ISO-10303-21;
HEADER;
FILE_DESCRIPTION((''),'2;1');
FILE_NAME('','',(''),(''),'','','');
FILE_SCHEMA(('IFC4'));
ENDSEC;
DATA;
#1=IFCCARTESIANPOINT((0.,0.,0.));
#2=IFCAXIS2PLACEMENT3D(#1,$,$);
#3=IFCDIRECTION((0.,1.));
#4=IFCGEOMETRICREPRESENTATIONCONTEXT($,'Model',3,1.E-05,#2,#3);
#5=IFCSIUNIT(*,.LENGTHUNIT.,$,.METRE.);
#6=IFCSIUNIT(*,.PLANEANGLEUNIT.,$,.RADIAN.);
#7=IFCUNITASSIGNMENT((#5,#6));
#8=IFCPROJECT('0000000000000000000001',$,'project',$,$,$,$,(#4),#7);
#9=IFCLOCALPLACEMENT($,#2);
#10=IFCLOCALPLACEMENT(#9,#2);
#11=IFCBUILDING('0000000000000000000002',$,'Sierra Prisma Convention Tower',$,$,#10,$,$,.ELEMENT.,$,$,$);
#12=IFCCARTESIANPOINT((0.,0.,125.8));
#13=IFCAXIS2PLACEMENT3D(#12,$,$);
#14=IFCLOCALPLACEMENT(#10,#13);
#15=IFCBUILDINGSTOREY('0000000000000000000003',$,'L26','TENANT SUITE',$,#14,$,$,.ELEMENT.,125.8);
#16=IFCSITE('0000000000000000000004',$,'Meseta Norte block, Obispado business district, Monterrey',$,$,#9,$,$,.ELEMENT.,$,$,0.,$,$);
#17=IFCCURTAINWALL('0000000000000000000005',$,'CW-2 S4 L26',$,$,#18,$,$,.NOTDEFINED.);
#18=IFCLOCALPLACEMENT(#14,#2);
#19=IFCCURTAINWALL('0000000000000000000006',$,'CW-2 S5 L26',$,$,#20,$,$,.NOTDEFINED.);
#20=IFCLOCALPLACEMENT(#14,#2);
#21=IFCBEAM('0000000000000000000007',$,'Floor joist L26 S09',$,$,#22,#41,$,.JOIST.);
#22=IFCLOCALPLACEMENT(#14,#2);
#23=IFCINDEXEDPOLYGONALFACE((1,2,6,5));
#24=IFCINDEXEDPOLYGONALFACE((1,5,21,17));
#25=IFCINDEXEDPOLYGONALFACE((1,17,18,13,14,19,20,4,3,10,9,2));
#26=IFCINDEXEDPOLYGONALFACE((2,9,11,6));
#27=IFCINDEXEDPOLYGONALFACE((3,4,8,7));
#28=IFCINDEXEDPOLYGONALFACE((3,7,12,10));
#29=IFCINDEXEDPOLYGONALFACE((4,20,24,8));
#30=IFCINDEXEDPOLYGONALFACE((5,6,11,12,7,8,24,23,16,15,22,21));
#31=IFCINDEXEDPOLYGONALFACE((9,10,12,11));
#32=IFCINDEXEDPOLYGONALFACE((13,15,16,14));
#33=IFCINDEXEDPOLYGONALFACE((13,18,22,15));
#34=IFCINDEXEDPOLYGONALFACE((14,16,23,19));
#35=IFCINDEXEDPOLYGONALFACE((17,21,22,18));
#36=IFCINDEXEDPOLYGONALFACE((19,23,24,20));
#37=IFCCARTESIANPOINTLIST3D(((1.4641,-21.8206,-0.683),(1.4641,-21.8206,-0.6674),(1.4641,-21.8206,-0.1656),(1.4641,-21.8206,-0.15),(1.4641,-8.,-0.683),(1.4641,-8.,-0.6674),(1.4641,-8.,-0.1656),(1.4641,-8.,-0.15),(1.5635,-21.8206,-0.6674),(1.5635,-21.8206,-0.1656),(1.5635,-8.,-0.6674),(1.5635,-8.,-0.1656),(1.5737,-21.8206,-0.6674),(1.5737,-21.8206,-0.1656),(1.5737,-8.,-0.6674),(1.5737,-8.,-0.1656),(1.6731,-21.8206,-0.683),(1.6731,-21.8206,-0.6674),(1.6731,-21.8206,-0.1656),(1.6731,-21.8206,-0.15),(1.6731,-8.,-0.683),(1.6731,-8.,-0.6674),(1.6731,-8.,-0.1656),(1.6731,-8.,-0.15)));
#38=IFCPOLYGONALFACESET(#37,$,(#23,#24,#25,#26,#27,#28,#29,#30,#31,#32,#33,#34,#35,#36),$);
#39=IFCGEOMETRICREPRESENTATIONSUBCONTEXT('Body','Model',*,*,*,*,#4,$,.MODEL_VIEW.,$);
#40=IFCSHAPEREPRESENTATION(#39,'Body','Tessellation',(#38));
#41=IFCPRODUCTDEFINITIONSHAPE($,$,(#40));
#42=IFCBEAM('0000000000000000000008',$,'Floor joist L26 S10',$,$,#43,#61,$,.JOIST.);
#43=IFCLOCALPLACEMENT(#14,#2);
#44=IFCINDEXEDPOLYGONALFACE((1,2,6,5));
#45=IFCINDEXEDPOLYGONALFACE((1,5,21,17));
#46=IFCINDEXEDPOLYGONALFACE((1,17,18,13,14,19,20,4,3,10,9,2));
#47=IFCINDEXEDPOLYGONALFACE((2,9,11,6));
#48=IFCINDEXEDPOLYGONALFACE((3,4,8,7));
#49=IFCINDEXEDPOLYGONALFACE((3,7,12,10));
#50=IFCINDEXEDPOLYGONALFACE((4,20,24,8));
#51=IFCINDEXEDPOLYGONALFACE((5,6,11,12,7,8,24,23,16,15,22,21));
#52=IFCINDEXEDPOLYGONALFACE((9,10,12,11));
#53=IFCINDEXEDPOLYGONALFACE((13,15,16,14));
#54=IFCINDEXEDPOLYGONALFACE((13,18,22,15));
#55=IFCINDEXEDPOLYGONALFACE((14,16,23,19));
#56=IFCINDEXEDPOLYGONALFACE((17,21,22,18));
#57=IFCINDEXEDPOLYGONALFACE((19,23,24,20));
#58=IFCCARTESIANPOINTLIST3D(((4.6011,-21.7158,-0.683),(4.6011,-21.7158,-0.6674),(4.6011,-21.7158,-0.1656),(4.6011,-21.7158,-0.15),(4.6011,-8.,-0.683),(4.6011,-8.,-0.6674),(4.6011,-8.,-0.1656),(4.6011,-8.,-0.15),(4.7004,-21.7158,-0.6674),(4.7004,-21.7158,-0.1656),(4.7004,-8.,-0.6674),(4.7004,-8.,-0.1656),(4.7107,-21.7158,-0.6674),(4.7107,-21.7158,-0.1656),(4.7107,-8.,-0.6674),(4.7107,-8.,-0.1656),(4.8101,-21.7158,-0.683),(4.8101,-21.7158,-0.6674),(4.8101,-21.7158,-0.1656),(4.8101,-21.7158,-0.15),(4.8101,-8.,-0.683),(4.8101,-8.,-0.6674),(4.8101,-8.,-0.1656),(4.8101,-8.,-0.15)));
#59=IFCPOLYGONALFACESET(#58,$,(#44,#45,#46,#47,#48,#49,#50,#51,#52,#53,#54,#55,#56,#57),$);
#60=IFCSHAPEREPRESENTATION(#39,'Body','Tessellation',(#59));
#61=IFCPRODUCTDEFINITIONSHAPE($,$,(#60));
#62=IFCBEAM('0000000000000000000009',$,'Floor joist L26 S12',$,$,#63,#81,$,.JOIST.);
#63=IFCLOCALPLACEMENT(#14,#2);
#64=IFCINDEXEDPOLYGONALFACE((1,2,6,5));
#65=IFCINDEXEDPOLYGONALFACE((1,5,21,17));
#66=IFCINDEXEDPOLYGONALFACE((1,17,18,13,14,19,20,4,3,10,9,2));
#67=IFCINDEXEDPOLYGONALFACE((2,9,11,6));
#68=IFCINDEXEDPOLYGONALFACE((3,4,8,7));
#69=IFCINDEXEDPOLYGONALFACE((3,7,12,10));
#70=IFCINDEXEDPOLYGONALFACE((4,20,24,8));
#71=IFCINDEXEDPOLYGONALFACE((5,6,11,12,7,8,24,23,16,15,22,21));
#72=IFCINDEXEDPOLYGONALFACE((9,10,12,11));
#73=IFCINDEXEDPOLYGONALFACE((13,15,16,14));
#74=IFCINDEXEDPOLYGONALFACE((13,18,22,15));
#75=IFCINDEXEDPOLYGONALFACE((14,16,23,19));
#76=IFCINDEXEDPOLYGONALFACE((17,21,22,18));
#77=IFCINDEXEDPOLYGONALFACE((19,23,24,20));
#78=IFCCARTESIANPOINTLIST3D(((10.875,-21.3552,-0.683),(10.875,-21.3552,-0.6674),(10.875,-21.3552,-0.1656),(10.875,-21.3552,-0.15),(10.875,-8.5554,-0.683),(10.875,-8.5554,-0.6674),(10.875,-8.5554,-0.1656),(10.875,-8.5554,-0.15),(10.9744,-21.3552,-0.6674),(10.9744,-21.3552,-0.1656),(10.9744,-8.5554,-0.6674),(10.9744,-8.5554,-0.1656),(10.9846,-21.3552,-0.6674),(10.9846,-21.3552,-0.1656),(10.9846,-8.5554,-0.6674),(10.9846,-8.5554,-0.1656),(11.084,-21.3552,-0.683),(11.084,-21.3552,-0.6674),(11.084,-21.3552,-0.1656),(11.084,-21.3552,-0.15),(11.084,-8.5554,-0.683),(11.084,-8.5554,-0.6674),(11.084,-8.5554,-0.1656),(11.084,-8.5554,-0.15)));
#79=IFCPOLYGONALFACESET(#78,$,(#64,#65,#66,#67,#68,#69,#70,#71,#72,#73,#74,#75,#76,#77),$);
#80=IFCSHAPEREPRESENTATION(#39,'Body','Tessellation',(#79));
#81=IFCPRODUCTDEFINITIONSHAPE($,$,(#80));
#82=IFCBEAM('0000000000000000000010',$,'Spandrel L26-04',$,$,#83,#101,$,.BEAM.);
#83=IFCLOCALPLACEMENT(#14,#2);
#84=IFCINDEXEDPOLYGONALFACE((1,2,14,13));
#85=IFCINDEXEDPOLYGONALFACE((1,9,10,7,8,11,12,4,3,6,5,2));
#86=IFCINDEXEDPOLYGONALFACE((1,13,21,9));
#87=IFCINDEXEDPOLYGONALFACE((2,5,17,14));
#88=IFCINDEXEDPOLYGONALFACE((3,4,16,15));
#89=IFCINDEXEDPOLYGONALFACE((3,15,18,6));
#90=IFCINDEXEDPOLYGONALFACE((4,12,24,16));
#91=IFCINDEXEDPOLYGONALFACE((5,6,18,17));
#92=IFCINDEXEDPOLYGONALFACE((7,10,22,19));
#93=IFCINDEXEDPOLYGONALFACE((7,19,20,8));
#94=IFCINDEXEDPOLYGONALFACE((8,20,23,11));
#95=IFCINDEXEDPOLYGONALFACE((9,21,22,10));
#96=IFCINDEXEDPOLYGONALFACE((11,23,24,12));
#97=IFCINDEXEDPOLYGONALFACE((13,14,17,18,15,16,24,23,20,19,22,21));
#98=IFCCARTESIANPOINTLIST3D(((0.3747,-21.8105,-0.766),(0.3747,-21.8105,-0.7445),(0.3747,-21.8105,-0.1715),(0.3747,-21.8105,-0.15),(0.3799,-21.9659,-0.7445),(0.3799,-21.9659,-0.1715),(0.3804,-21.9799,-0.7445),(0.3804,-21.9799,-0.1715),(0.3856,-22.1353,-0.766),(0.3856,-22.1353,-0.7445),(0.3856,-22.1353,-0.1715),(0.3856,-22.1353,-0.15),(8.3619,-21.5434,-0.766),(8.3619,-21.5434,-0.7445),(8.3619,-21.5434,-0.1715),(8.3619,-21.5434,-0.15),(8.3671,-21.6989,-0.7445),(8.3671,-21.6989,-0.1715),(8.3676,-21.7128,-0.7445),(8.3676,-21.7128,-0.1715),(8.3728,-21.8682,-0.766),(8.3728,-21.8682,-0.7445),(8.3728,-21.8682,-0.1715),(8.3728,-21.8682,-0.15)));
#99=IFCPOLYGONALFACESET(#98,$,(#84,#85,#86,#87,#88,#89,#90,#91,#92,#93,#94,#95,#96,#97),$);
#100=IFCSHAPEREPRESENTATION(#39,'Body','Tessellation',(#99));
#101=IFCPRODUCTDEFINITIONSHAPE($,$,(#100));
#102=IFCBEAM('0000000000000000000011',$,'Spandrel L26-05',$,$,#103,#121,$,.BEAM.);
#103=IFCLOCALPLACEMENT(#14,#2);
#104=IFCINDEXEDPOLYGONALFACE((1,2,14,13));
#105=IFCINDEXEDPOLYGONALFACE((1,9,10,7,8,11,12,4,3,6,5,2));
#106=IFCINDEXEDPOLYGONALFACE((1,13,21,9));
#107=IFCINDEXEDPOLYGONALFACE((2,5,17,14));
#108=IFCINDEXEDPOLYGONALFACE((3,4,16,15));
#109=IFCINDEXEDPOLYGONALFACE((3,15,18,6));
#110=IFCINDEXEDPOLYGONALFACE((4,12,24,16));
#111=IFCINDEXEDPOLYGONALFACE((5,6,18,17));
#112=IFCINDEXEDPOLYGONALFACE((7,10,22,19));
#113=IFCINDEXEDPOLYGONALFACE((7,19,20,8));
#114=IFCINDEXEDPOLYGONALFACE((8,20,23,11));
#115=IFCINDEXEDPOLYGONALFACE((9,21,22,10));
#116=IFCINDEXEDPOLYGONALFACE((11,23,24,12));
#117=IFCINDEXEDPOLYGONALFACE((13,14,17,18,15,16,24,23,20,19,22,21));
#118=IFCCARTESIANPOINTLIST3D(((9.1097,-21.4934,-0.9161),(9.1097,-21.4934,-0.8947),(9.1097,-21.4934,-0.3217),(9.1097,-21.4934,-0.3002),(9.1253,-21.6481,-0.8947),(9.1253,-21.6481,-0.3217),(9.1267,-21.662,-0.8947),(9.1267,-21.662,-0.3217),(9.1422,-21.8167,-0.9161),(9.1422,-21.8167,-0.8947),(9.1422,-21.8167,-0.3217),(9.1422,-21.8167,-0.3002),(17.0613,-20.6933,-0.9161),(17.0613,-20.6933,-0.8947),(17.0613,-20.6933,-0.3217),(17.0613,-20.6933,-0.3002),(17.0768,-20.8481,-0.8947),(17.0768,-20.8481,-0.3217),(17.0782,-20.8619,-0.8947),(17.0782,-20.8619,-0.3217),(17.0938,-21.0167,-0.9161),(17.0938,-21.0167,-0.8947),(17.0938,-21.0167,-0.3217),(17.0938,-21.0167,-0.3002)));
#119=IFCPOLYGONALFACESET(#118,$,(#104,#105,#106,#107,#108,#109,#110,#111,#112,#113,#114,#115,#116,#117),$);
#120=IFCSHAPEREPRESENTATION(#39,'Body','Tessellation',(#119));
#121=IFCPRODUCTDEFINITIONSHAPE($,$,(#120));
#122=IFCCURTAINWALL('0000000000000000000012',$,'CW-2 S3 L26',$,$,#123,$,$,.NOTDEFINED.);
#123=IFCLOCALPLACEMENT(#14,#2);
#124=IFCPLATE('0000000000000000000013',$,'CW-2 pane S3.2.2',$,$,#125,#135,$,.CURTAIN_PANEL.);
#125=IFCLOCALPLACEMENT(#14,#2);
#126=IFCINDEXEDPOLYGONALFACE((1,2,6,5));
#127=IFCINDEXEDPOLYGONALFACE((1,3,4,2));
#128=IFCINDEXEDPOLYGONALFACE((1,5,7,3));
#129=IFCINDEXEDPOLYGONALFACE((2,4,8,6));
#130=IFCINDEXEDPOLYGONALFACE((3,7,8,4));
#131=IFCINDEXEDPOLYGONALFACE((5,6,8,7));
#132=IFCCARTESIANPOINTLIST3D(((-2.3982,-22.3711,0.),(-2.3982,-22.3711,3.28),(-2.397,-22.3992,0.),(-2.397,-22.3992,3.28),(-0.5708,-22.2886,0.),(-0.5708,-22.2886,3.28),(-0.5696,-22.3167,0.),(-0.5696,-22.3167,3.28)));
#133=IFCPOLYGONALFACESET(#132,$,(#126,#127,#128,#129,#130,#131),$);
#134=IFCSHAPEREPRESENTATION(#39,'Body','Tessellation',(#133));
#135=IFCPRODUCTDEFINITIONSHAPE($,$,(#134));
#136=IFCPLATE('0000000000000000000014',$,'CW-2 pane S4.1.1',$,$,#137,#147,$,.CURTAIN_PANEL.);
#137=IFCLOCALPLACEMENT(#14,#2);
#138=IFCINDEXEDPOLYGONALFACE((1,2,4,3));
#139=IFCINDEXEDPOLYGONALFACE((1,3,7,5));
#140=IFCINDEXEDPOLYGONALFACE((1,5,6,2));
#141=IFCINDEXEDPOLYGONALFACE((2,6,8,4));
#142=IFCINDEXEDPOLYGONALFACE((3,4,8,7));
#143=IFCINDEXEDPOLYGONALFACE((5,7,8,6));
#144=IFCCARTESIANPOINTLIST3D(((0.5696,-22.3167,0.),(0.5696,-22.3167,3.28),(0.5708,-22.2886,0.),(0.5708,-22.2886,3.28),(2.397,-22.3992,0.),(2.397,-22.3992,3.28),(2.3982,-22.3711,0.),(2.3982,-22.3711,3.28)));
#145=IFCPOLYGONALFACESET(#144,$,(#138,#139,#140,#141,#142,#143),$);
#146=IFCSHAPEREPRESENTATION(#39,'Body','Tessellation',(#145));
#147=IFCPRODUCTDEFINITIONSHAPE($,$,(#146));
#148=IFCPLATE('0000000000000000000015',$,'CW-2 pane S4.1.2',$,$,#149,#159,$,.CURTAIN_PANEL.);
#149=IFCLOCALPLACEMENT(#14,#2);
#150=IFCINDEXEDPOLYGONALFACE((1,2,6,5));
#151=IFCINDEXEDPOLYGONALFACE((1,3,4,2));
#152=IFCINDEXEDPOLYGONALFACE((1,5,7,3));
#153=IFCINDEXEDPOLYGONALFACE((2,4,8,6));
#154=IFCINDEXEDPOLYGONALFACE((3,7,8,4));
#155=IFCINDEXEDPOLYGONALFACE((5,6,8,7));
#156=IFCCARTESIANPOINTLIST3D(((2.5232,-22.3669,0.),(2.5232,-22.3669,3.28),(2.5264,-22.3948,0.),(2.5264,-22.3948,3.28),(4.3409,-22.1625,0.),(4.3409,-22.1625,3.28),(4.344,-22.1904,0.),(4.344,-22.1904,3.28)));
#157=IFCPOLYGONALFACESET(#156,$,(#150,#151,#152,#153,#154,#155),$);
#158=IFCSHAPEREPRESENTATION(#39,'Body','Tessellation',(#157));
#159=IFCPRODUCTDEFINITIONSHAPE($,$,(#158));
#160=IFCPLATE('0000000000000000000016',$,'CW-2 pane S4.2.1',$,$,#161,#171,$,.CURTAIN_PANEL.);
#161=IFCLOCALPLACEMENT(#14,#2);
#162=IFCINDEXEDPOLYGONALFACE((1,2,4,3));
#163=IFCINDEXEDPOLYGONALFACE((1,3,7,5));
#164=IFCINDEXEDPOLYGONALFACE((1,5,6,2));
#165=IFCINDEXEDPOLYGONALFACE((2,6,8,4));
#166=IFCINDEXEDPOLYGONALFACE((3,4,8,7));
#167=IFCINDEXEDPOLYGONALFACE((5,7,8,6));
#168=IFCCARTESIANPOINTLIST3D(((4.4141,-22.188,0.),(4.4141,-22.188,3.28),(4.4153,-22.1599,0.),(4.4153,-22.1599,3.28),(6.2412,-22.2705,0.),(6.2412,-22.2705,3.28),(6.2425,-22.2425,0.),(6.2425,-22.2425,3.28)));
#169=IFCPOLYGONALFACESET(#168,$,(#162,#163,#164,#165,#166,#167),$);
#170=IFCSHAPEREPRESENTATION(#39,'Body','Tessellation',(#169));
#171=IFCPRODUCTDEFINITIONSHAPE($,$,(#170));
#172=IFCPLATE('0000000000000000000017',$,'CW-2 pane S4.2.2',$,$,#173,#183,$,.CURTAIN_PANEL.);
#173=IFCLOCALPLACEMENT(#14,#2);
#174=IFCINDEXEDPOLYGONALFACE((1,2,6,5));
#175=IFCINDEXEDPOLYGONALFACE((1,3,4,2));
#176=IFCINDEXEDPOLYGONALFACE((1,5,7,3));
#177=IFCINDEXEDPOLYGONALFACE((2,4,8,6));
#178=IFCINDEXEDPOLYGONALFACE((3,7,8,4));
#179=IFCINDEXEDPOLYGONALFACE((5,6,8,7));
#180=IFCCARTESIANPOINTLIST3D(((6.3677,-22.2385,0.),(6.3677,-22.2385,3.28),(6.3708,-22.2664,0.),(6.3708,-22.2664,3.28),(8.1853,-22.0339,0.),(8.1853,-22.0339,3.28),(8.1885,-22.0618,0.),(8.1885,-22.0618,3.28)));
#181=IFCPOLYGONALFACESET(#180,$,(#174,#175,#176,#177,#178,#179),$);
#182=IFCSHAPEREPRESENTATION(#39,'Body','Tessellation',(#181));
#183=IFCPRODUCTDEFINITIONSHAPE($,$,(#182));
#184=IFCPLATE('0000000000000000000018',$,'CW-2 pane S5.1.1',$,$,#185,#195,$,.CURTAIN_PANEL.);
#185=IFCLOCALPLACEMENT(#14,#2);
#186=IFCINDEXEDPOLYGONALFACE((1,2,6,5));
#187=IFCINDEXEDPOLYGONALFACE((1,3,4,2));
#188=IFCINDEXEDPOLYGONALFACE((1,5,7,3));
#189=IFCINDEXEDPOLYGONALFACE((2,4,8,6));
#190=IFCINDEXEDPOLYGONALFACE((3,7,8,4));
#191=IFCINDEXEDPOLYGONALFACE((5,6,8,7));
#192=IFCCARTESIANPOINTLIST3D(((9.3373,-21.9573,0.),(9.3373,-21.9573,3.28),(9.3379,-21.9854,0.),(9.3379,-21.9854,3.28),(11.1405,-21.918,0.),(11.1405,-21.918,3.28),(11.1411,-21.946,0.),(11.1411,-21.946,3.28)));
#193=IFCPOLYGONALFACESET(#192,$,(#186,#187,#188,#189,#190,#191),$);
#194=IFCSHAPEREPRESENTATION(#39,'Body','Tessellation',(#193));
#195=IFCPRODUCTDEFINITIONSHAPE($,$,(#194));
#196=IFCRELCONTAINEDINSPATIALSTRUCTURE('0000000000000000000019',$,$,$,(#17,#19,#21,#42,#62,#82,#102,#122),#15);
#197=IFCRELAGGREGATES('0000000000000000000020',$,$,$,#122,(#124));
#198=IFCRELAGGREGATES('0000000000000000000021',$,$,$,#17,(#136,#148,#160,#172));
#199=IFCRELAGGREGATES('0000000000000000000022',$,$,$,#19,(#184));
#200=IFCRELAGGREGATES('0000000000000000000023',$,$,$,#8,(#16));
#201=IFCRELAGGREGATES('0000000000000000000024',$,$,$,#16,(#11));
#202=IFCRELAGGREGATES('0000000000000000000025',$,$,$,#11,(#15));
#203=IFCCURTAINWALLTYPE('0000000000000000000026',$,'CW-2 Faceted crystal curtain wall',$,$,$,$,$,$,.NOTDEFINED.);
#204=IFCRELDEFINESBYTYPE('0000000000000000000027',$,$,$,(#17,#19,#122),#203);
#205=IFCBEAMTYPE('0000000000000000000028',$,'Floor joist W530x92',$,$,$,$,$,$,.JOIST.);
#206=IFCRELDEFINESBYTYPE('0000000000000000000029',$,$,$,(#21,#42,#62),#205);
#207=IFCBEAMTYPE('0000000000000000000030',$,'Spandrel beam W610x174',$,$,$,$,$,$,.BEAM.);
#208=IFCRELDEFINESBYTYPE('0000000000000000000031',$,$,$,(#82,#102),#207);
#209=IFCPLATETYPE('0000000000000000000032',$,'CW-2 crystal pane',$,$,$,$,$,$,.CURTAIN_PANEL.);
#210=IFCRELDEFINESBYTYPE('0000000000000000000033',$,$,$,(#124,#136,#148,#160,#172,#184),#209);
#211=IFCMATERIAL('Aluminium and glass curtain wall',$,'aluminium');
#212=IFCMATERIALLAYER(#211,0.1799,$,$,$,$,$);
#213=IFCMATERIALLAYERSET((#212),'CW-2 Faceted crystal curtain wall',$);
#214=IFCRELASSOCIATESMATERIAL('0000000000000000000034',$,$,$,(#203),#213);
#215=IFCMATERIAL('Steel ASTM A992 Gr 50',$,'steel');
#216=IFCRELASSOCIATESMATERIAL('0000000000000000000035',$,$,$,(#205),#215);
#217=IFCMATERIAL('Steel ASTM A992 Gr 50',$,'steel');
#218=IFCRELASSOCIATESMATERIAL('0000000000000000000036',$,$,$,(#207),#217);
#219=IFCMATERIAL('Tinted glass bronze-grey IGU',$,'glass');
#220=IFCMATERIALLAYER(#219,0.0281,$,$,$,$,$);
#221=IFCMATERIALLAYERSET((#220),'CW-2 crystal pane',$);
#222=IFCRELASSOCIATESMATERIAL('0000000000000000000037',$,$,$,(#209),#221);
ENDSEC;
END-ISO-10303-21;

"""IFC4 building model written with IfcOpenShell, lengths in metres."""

from ifc_helpers import new_model, si_unit, direction, frame, origin, origin_2d, place, context, subcontext, project, spatial, polyline, i_section, outline, extrude, material, layer, layer_set, material_profile, profile_set, type_object, element, aggregate, save


model = new_model("IFC4")

# Units and contexts
model_context = context("Model", 3, precision=1e-05, world=origin(), true_north=direction((0.0, 1.0)))
body_context = subcontext(model_context, "Body", "Model", "MODEL_VIEW")
ifc_project = project(units=[si_unit("LENGTHUNIT", "METRE"), si_unit("PLANEANGLEUNIT", "RADIAN")], contexts=[model_context])

# Site, building, storey
site_placement = place(None, origin())
site = spatial("IfcSite", under=ifc_project, at=site_placement, Name="Meseta Norte block, Obispado business district, Monterrey", CompositionType="ELEMENT", RefElevation=0.0)
building_placement = place(site_placement, origin())
building = spatial("IfcBuilding", under=site, at=building_placement, Name="Sierra Prisma Convention Tower", CompositionType="ELEMENT")
storey_placement = place(building_placement, frame((0.0, 0.0, 125.8)))
storey = spatial("IfcBuildingStorey", under=building, at=storey_placement, Name="L26", Description="TENANT SUITE", CompositionType="ELEMENT", Elevation=125.8)

# Curtain wall
ifc_material_1 = material(Name="Aluminium and glass curtain wall", Category="aluminium")
ifc_layer_1 = layer(ifc_material_1, 0.1799)
ifc_layer_set_1 = layer_set([ifc_layer_1], Name="CW-2 Faceted crystal curtain wall")
curtain_wall_type_1 = type_object("IfcCurtainWallType", Name="CW-2 Faceted crystal curtain wall", PredefinedType="NOTDEFINED", material=ifc_layer_set_1)
curtain_wall_1_placement = place(storey_placement, origin())
curtain_wall_1 = element("IfcCurtainWall", 1, at=curtain_wall_1_placement, inside=storey, type_object=curtain_wall_type_1, Name="CW-2 S4 L26", PredefinedType="NOTDEFINED")

# Curtain wall
curtain_wall_2_placement = place(storey_placement, origin())
curtain_wall_2 = element("IfcCurtainWall", 2, at=curtain_wall_2_placement, inside=storey, type_object=curtain_wall_type_1, Name="CW-2 S5 L26", PredefinedType="NOTDEFINED")

# Beams
ifc_material_2 = material(Name="Steel ASTM A992 Gr 50", Category="steel")
ifc_material_profile_1 = material_profile(ifc_material_2, i_section(OverallWidth=0.209, OverallDepth=0.533, WebThickness=0.0103, FlangeThickness=0.0156, at=origin_2d()), Name="W530x92")
ifc_profile_set_1 = profile_set([ifc_material_profile_1], Name="Steel ASTM A992 Gr 50")
beam_type_1 = type_object("IfcBeamType", Name="Floor joist W530x92", PredefinedType="JOIST", material=ifc_profile_set_1)
for number, where, z_axis, x_axis, name in (
    (3, (1.5686, -21.8206, -0.4165), (0.0, 1.0, 0.0), (-1.0, 0.0, 0.0), "Floor joist L26 S09"),
):
    element("IfcBeam", number, at=place(storey_placement, frame(where, z_axis=z_axis, x_axis=x_axis)), inside=storey, type_object=beam_type_1, Name=name, PredefinedType="JOIST", context=body_context, shape_type="SweptSolid", body=[
        extrude(i_section(OverallWidth=0.209, OverallDepth=0.533, WebThickness=0.0103, FlangeThickness=0.0156, at=origin_2d()), origin(), (0.0, 0.0, 1.0), 13.8206),
    ])
beam_1_placement = place(storey_placement, frame((4.7056, -21.7158, -0.4165), z_axis=(0.0, 1.0, 0.0), x_axis=(-1.0, 0.0, 0.0)))
element("IfcBeam", 4, at=beam_1_placement, inside=storey, type_object=beam_type_1, Name="Floor joist L26 S10", PredefinedType="JOIST", context=body_context, shape_type="SweptSolid", body=[
    extrude(i_section(OverallWidth=0.209, OverallDepth=0.533, WebThickness=0.0103, FlangeThickness=0.0156, at=origin_2d()), origin(), (0.0, 0.0, 1.0), 13.7158),
])
beam_2_placement = place(storey_placement, frame((10.9795, -21.3552, -0.4165), z_axis=(0.0, 1.0, 0.0), x_axis=(-1.0, 0.0, 0.0)))
element("IfcBeam", 5, at=beam_2_placement, inside=storey, type_object=beam_type_1, Name="Floor joist L26 S12", PredefinedType="JOIST", context=body_context, shape_type="SweptSolid", body=[
    extrude(i_section(OverallWidth=0.209, OverallDepth=0.533, WebThickness=0.0103, FlangeThickness=0.0156, at=origin_2d()), origin(), (0.0, 0.0, 1.0), 12.7998),
])
ifc_material_3 = material(Name="Steel ASTM A992 Gr 50", Category="steel")
ifc_material_profile_2 = material_profile(ifc_material_3, i_section(OverallWidth=0.325, OverallDepth=0.616, WebThickness=0.0139, FlangeThickness=0.0215, at=origin_2d()), Name="W610x174")
ifc_profile_set_2 = profile_set([ifc_material_profile_2], Name="Steel ASTM A992 Gr 50")
beam_type_2 = type_object("IfcBeamType", Name="Spandrel beam W610x174", PredefinedType="BEAM", material=ifc_profile_set_2)
for number, where, z_axis, x_axis, name in (
    (6, (0.3801, -21.9729, -0.458), (0.999441, 0.033421, 0.0), (-0.033421, 0.999441, 0.0), "Spandrel L26-04"),
    (7, (9.126, -21.655, -0.6082), (0.994977, 0.100109, 0.0), (-0.100109, 0.994977, 0.0), "Spandrel L26-05"),
):
    element("IfcBeam", number, at=place(storey_placement, frame(where, z_axis=z_axis, x_axis=x_axis)), inside=storey, type_object=beam_type_2, Name=name, PredefinedType="BEAM", context=body_context, shape_type="SweptSolid", body=[
        extrude(i_section(OverallWidth=0.325, OverallDepth=0.616, WebThickness=0.0139, FlangeThickness=0.0215, at=origin_2d()), origin(), (0.0, 0.0, 1.0), 7.9917),
    ])

# Curtain wall, plate
curtain_wall_3_placement = place(storey_placement, origin())
curtain_wall_3 = element("IfcCurtainWall", 8, at=curtain_wall_3_placement, inside=storey, type_object=curtain_wall_type_1, Name="CW-2 S3 L26", PredefinedType="NOTDEFINED")
ifc_material_4 = material(Name="Tinted glass bronze-grey IGU", Category="glass")
ifc_layer_2 = layer(ifc_material_4, 0.0281)
ifc_layer_set_2 = layer_set([ifc_layer_2], Name="CW-2 crystal pane")
plate_type_1 = type_object("IfcPlateType", Name="CW-2 crystal pane", PredefinedType="CURTAIN_PANEL", material=ifc_layer_set_2)
plate_1_placement = place(storey_placement, frame((-0.5696, -22.3167, 0.0), z_axis=(0.045111, -0.998982, 0.0), x_axis=(-0.998982, -0.045111, 0.0)))
plate_1 = element("IfcPlate", 9, at=plate_1_placement, type_object=plate_type_1, Name="CW-2 pane S3.2.2", PredefinedType="CURTAIN_PANEL", context=body_context, shape_type="SweptSolid", body=[
    extrude(outline(polyline([(0.0, 0.0), (1.8293, 0.0), (1.8293, -3.28), (0.0, -3.28), (0.0, 0.0)])), origin(), (0.0, 0.0, -1.0), 0.0281),
])
aggregate(curtain_wall_3, [plate_1])

# Plates
plate_2_placement = place(storey_placement, frame((0.5696, -22.3167, 0.0), z_axis=(-0.045111, -0.998982, 0.0), x_axis=(0.998982, -0.045111, 0.0)))
plate_2 = element("IfcPlate", 10, at=plate_2_placement, type_object=plate_type_1, Name="CW-2 pane S4.1.1", PredefinedType="CURTAIN_PANEL", context=body_context, shape_type="SweptSolid", body=[
    extrude(outline(polyline([(0.0, 0.0), (1.8293, 0.0), (1.8293, 3.28), (0.0, 3.28), (0.0, 0.0)])), origin(), (0.0, 0.0, -1.0), 0.0281),
])
plate_3_placement = place(storey_placement, frame((4.344, -22.1904, 0.0), z_axis=(0.111721, -0.99374, 0.0), x_axis=(-0.99374, -0.111721, 0.0)))
plate_3 = element("IfcPlate", 11, at=plate_3_placement, type_object=plate_type_1, Name="CW-2 pane S4.1.2", PredefinedType="CURTAIN_PANEL", context=body_context, shape_type="SweptSolid", body=[
    extrude(outline(polyline([(0.0, 0.0), (1.8291, 0.0), (1.8291, -3.28), (0.0, -3.28), (0.0, 0.0)])), origin(), (0.0, 0.0, -1.0), 0.0281),
])
plate_4_placement = place(storey_placement, frame((4.4141, -22.188, 0.0), z_axis=(-0.045117, -0.998982, 0.0), x_axis=(0.998982, -0.045117, 0.0)))
plate_4 = element("IfcPlate", 12, at=plate_4_placement, type_object=plate_type_1, Name="CW-2 pane S4.2.1", PredefinedType="CURTAIN_PANEL", context=body_context, shape_type="SweptSolid", body=[
    extrude(outline(polyline([(0.0, 0.0), (1.829, 0.0), (1.829, 3.28), (0.0, 3.28), (0.0, 0.0)])), origin(), (0.0, 0.0, -1.0), 0.0281),
])
plate_5_placement = place(storey_placement, frame((8.1885, -22.0618, 0.0), z_axis=(0.111852, -0.993725, 0.0), x_axis=(-0.993725, -0.111852, 0.0)))
plate_5 = element("IfcPlate", 13, at=plate_5_placement, type_object=plate_type_1, Name="CW-2 pane S4.2.2", PredefinedType="CURTAIN_PANEL", context=body_context, shape_type="SweptSolid", body=[
    extrude(outline(polyline([(0.0, 0.0), (1.8291, 0.0), (1.8291, -3.28), (0.0, -3.28), (0.0, 0.0)])), origin(), (0.0, 0.0, -1.0), 0.0281),
])
aggregate(curtain_wall_1, [plate_2, plate_3, plate_4, plate_5])
plate_6_placement = place(storey_placement, frame((9.3379, -21.9854, 0.0), z_axis=(0.021793, -0.999763, 0.0), x_axis=(0.999763, 0.021793, 0.0)))
plate_6 = element("IfcPlate", 14, at=plate_6_placement, type_object=plate_type_1, Name="CW-2 pane S5.1.1", PredefinedType="CURTAIN_PANEL", context=body_context, shape_type="SweptSolid", body=[
    extrude(outline(polyline([(0.0, 0.0), (1.8037, 0.0), (1.8037, 3.28), (0.0, 3.28), (0.0, 0.0)])), origin(), (0.0, 0.0, -1.0), 0.0281),
])
aggregate(curtain_wall_2, [plate_6])

save(model, "model.ifc")
